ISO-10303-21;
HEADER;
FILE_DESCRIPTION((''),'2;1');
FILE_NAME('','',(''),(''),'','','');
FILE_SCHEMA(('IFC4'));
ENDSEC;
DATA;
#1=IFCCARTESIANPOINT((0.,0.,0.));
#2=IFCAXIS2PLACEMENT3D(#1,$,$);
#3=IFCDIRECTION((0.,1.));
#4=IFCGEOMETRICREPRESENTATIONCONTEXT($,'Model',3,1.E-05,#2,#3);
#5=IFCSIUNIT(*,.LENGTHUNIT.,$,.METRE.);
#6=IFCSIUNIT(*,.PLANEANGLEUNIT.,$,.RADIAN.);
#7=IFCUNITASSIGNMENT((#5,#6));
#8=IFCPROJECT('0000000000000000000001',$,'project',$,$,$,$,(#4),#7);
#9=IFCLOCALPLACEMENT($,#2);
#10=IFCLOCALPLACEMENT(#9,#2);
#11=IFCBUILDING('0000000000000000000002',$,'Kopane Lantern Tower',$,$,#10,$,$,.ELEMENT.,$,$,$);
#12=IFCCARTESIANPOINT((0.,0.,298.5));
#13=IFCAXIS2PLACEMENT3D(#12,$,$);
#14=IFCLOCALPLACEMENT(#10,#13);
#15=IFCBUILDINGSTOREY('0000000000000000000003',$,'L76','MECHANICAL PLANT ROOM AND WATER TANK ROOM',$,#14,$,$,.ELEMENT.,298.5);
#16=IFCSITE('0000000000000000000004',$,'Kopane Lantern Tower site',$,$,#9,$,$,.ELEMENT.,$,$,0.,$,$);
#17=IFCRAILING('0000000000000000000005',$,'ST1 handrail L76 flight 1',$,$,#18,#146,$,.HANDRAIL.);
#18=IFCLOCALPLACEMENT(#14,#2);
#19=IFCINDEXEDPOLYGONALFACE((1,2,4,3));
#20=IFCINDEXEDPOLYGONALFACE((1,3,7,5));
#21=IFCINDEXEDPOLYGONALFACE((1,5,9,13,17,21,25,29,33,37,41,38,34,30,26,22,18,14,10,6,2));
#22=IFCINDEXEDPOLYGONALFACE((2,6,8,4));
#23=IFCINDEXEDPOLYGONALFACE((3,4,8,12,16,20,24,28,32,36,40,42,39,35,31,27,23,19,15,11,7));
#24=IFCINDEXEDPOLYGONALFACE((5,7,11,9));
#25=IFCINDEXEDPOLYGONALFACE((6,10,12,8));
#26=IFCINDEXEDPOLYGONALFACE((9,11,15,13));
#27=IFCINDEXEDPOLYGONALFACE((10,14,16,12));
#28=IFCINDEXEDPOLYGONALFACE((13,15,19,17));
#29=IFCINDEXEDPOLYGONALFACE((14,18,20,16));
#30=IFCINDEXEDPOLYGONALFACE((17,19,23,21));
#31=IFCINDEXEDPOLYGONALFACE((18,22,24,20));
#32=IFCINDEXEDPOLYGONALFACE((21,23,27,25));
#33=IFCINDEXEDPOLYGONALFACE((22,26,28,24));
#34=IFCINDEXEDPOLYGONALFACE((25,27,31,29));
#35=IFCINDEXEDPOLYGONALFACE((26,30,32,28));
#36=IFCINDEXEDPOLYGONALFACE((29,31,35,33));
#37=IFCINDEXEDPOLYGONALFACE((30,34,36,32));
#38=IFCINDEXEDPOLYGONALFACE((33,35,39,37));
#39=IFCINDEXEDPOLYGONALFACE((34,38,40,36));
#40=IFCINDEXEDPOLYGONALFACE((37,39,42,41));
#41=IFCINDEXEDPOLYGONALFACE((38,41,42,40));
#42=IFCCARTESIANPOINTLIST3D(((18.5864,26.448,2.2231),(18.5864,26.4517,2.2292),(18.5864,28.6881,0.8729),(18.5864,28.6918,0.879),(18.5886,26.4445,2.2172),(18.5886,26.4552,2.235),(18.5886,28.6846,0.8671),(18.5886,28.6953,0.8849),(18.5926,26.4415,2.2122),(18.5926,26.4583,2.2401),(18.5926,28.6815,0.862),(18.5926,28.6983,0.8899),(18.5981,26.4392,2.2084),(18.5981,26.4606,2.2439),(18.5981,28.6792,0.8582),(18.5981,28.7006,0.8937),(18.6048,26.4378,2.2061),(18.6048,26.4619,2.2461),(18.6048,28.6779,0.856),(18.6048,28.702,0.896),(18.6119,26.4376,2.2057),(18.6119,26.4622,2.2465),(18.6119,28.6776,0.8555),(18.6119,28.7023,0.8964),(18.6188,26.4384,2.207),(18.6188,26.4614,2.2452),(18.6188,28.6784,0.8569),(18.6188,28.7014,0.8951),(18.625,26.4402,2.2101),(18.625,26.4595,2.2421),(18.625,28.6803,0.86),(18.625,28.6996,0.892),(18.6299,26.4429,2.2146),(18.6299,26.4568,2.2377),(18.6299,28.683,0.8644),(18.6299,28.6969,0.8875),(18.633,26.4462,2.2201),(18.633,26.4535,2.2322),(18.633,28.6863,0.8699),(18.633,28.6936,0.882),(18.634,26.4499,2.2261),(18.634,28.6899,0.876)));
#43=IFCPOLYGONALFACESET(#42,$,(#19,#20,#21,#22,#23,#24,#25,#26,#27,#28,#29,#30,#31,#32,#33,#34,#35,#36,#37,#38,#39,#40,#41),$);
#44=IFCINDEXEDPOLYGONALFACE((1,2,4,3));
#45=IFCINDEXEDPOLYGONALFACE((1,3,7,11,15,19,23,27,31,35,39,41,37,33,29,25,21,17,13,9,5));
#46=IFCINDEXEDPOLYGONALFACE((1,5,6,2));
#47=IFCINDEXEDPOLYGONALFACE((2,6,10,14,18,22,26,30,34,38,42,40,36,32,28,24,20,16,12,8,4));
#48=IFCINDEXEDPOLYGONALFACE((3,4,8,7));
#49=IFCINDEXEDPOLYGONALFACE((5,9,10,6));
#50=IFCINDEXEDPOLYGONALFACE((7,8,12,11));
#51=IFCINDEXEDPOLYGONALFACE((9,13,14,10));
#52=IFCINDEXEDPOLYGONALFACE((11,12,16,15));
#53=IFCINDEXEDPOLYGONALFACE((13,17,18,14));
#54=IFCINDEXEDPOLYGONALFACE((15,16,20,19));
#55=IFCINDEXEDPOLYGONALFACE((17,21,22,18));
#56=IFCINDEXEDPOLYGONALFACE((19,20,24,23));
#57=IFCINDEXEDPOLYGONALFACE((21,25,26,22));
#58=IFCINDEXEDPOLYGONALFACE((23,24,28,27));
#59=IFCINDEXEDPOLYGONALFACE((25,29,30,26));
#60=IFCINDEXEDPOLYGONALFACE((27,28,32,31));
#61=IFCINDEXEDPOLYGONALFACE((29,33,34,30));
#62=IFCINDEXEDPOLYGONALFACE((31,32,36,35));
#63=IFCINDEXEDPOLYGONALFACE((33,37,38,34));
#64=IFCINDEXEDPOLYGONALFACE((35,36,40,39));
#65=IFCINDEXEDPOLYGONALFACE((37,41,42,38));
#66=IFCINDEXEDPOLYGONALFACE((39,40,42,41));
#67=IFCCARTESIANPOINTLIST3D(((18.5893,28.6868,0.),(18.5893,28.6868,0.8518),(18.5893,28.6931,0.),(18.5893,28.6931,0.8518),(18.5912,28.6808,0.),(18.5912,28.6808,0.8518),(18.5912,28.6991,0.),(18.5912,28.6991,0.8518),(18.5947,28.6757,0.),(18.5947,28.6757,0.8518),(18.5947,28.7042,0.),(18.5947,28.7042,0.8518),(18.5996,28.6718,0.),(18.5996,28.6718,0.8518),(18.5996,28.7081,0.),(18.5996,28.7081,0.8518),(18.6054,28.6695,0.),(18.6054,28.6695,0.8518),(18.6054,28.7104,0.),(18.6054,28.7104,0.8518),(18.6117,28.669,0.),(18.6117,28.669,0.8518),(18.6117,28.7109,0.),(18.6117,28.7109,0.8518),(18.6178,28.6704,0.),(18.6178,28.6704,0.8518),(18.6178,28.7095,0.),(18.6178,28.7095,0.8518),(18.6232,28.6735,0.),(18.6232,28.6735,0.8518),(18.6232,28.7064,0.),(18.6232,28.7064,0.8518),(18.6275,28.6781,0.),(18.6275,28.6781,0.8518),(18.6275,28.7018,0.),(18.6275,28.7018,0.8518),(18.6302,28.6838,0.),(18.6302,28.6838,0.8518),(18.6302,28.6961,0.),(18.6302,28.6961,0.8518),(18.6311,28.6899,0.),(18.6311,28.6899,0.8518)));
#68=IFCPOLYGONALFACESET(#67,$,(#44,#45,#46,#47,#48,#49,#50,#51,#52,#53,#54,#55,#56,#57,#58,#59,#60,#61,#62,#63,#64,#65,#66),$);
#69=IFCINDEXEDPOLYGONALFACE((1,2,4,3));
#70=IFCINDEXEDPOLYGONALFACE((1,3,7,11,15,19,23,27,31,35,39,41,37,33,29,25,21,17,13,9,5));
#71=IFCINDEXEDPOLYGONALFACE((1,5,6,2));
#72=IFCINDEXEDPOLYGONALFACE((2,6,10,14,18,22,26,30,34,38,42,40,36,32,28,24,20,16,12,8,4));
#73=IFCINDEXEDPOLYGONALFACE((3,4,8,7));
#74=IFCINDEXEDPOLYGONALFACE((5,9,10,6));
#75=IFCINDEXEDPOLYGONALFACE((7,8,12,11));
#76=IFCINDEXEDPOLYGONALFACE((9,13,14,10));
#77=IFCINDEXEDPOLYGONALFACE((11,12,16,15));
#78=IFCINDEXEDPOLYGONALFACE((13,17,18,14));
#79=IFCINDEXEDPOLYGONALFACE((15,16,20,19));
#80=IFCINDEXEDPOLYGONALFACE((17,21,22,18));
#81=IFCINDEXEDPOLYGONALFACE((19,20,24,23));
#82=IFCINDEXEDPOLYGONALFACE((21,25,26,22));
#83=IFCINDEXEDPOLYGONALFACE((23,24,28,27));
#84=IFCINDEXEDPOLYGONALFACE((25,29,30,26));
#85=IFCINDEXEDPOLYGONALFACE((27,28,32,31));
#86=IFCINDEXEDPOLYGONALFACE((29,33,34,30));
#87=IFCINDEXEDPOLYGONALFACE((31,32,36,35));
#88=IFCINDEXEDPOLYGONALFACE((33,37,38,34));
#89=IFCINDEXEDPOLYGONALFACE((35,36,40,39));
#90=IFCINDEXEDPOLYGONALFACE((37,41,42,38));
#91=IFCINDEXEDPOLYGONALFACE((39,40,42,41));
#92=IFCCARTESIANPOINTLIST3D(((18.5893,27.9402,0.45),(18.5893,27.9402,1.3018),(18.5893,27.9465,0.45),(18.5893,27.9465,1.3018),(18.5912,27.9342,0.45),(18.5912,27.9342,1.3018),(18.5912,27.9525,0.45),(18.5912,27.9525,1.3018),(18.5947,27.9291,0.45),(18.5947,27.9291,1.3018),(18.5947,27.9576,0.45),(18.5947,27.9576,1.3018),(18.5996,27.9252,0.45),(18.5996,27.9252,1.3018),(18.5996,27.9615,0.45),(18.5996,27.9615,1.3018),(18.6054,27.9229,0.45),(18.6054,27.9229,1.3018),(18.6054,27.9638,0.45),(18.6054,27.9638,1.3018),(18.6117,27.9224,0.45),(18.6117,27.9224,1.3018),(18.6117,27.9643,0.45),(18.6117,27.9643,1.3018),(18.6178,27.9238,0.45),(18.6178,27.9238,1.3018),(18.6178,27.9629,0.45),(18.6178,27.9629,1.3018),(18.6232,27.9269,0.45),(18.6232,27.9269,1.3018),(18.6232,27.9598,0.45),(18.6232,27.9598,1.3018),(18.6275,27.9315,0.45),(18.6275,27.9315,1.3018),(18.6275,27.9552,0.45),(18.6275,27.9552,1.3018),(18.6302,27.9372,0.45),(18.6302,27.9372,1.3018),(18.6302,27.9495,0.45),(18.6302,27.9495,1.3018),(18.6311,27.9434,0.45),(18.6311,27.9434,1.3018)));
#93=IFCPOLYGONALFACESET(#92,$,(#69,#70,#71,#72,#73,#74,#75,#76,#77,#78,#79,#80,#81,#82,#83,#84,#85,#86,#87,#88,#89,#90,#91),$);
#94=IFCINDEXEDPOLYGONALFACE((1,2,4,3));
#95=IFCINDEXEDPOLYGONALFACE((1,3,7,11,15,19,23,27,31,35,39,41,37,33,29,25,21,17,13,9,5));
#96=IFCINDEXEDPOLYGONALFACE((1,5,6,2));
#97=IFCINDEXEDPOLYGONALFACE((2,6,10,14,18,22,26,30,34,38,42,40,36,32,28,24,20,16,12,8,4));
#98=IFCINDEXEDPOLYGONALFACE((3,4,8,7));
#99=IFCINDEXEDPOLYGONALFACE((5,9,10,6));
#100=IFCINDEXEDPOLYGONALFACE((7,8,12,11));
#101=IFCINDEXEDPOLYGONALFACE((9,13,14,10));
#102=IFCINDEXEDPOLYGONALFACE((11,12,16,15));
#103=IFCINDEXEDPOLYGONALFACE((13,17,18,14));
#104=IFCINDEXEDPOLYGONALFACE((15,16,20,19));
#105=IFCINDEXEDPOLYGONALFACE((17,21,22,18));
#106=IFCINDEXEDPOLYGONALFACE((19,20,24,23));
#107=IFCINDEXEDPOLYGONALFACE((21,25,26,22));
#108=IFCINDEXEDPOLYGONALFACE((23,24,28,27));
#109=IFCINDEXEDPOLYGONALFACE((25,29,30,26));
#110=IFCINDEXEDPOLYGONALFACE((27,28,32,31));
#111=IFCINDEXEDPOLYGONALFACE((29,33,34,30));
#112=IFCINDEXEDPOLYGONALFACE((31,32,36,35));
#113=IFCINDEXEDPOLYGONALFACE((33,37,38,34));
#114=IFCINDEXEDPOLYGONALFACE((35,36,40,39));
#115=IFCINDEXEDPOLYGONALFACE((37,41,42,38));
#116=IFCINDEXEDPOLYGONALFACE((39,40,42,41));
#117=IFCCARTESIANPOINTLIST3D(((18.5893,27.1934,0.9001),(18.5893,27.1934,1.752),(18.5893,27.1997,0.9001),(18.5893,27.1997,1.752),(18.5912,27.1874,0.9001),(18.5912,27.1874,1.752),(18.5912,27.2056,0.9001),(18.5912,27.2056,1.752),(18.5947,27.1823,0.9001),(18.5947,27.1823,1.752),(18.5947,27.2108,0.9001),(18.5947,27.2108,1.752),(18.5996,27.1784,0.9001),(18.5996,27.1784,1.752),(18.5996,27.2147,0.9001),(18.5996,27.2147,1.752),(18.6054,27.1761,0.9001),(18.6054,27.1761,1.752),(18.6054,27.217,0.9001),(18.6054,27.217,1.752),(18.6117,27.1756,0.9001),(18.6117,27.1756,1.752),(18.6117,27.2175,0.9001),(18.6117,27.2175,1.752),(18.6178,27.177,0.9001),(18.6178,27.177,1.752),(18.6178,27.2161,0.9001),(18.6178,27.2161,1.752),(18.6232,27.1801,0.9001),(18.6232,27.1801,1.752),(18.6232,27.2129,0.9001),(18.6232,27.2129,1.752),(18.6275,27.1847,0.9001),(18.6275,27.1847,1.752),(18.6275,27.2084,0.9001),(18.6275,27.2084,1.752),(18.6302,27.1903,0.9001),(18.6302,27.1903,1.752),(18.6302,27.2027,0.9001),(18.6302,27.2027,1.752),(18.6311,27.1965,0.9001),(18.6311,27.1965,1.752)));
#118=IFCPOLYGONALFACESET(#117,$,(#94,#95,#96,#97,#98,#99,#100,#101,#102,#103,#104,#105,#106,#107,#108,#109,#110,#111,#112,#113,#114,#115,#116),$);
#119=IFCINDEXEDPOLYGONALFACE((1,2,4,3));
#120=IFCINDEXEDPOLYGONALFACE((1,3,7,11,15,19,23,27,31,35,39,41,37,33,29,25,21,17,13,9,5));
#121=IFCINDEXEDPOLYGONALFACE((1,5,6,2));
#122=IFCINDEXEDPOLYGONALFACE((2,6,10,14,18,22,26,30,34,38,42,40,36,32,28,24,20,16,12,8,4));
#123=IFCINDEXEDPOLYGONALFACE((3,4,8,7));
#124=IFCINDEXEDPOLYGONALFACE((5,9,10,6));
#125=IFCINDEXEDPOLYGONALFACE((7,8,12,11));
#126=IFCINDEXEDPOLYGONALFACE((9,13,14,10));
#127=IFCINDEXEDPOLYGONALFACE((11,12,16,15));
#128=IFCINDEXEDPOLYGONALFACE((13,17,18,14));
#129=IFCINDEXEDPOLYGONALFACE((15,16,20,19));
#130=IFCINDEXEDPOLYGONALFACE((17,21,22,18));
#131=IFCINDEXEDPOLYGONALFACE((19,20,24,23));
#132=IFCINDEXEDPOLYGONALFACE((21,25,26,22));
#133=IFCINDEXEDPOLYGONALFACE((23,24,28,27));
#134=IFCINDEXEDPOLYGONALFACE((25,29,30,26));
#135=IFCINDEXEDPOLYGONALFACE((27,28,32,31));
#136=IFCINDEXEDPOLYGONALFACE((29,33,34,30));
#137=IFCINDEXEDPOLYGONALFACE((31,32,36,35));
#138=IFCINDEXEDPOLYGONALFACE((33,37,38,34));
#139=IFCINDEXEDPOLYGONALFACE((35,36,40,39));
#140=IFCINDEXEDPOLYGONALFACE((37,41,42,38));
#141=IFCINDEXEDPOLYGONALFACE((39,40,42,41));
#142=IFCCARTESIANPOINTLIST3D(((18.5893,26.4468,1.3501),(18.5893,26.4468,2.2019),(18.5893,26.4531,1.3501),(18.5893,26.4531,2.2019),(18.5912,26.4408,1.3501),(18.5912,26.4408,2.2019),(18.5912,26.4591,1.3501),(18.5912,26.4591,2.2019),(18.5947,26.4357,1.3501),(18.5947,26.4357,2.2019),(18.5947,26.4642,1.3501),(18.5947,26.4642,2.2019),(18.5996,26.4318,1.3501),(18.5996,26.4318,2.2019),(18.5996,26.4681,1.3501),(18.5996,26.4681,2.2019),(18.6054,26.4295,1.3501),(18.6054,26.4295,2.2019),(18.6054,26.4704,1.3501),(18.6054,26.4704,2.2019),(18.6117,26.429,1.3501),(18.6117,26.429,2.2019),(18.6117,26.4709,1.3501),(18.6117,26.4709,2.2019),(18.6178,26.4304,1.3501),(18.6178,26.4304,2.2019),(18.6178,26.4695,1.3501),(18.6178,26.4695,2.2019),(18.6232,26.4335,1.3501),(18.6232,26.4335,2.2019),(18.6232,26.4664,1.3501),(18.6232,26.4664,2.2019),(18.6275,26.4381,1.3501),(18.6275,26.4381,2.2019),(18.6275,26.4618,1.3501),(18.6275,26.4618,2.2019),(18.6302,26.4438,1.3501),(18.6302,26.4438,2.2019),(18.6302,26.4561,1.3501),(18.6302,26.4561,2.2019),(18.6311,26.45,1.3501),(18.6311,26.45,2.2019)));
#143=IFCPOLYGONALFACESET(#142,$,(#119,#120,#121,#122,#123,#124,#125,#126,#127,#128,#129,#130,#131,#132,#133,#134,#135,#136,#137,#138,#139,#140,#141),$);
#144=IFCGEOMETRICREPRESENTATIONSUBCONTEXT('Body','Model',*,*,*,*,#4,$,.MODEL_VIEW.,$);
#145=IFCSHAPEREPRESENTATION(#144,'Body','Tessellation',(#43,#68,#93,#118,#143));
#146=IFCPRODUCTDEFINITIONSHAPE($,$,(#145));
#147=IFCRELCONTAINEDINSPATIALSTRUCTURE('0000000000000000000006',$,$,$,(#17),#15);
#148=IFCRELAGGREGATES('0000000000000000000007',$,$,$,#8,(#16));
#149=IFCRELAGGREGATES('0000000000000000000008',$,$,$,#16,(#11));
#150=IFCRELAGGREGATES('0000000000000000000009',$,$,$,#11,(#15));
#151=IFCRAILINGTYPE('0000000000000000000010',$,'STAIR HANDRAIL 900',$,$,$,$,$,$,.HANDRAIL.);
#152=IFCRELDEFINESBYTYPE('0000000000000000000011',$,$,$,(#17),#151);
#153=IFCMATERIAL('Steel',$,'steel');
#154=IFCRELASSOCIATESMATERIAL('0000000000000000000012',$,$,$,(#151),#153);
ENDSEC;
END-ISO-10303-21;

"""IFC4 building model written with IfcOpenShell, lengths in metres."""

from ifc_helpers import new_model, si_unit, direction, frame, origin, origin_2d, place, context, subcontext, project, spatial, circle, extrude, material, type_object, element, save


model = new_model("IFC4")

# Units and contexts
model_context = context("Model", 3, precision=1e-05, world=origin(), true_north=direction((0.0, 1.0)))
body_context = subcontext(model_context, "Body", "Model", "MODEL_VIEW")
ifc_project = project(units=[si_unit("LENGTHUNIT", "METRE"), si_unit("PLANEANGLEUNIT", "RADIAN")], contexts=[model_context])

# Site, building, storey
site_placement = place(None, origin())
site = spatial("IfcSite", under=ifc_project, at=site_placement, Name="Kopane Lantern Tower site", CompositionType="ELEMENT", RefElevation=0.0)
building_placement = place(site_placement, origin())
building = spatial("IfcBuilding", under=site, at=building_placement, Name="Kopane Lantern Tower", CompositionType="ELEMENT")
storey_placement = place(building_placement, frame((0.0, 0.0, 298.5)))
storey = spatial("IfcBuildingStorey", under=building, at=storey_placement, Name="L76", Description="MECHANICAL PLANT ROOM AND WATER TANK ROOM", CompositionType="ELEMENT", Elevation=298.5)

# Railing
ifc_material_1 = material(Name="Steel", Category="steel")
railing_type_1 = type_object("IfcRailingType", Name="STAIR HANDRAIL 900", PredefinedType="HANDRAIL", material=ifc_material_1)
for number, where, name in (
    (1, (18.6101, 28.6899, 0.0), "ST1 handrail L76 flight 1"),
):
    element("IfcRailing", number, at=place(storey_placement, frame(where)), inside=storey, type_object=railing_type_1, Name=name, PredefinedType="HANDRAIL", context=body_context, shape_type="SweptSolid", body=[
        extrude(circle(Radius=0.0239, at=origin_2d()), frame((0.0, 0.0, 0.876), z_axis=(0.0, -0.856462, 0.516211), x_axis=(1.0, 0.0, 0.0)), (0.0, 0.0, 1.0), 2.6155),
        extrude(circle(Radius=0.021, at=origin_2d()), origin(), (0.0, 0.0, 1.0), 0.8518),
        extrude(circle(Radius=0.021, at=origin_2d()), frame((0.0, -0.7466, 0.45)), (0.0, 0.0, 1.0), 0.8518),
        extrude(circle(Radius=0.021, at=origin_2d()), frame((0.0, -1.4934, 0.9001)), (0.0, 0.0, 1.0), 0.8518),
        extrude(circle(Radius=0.021, at=origin_2d()), frame((0.0, -2.24, 1.3501)), (0.0, 0.0, 1.0), 0.8518),
    ])

save(model, "model.ifc")
